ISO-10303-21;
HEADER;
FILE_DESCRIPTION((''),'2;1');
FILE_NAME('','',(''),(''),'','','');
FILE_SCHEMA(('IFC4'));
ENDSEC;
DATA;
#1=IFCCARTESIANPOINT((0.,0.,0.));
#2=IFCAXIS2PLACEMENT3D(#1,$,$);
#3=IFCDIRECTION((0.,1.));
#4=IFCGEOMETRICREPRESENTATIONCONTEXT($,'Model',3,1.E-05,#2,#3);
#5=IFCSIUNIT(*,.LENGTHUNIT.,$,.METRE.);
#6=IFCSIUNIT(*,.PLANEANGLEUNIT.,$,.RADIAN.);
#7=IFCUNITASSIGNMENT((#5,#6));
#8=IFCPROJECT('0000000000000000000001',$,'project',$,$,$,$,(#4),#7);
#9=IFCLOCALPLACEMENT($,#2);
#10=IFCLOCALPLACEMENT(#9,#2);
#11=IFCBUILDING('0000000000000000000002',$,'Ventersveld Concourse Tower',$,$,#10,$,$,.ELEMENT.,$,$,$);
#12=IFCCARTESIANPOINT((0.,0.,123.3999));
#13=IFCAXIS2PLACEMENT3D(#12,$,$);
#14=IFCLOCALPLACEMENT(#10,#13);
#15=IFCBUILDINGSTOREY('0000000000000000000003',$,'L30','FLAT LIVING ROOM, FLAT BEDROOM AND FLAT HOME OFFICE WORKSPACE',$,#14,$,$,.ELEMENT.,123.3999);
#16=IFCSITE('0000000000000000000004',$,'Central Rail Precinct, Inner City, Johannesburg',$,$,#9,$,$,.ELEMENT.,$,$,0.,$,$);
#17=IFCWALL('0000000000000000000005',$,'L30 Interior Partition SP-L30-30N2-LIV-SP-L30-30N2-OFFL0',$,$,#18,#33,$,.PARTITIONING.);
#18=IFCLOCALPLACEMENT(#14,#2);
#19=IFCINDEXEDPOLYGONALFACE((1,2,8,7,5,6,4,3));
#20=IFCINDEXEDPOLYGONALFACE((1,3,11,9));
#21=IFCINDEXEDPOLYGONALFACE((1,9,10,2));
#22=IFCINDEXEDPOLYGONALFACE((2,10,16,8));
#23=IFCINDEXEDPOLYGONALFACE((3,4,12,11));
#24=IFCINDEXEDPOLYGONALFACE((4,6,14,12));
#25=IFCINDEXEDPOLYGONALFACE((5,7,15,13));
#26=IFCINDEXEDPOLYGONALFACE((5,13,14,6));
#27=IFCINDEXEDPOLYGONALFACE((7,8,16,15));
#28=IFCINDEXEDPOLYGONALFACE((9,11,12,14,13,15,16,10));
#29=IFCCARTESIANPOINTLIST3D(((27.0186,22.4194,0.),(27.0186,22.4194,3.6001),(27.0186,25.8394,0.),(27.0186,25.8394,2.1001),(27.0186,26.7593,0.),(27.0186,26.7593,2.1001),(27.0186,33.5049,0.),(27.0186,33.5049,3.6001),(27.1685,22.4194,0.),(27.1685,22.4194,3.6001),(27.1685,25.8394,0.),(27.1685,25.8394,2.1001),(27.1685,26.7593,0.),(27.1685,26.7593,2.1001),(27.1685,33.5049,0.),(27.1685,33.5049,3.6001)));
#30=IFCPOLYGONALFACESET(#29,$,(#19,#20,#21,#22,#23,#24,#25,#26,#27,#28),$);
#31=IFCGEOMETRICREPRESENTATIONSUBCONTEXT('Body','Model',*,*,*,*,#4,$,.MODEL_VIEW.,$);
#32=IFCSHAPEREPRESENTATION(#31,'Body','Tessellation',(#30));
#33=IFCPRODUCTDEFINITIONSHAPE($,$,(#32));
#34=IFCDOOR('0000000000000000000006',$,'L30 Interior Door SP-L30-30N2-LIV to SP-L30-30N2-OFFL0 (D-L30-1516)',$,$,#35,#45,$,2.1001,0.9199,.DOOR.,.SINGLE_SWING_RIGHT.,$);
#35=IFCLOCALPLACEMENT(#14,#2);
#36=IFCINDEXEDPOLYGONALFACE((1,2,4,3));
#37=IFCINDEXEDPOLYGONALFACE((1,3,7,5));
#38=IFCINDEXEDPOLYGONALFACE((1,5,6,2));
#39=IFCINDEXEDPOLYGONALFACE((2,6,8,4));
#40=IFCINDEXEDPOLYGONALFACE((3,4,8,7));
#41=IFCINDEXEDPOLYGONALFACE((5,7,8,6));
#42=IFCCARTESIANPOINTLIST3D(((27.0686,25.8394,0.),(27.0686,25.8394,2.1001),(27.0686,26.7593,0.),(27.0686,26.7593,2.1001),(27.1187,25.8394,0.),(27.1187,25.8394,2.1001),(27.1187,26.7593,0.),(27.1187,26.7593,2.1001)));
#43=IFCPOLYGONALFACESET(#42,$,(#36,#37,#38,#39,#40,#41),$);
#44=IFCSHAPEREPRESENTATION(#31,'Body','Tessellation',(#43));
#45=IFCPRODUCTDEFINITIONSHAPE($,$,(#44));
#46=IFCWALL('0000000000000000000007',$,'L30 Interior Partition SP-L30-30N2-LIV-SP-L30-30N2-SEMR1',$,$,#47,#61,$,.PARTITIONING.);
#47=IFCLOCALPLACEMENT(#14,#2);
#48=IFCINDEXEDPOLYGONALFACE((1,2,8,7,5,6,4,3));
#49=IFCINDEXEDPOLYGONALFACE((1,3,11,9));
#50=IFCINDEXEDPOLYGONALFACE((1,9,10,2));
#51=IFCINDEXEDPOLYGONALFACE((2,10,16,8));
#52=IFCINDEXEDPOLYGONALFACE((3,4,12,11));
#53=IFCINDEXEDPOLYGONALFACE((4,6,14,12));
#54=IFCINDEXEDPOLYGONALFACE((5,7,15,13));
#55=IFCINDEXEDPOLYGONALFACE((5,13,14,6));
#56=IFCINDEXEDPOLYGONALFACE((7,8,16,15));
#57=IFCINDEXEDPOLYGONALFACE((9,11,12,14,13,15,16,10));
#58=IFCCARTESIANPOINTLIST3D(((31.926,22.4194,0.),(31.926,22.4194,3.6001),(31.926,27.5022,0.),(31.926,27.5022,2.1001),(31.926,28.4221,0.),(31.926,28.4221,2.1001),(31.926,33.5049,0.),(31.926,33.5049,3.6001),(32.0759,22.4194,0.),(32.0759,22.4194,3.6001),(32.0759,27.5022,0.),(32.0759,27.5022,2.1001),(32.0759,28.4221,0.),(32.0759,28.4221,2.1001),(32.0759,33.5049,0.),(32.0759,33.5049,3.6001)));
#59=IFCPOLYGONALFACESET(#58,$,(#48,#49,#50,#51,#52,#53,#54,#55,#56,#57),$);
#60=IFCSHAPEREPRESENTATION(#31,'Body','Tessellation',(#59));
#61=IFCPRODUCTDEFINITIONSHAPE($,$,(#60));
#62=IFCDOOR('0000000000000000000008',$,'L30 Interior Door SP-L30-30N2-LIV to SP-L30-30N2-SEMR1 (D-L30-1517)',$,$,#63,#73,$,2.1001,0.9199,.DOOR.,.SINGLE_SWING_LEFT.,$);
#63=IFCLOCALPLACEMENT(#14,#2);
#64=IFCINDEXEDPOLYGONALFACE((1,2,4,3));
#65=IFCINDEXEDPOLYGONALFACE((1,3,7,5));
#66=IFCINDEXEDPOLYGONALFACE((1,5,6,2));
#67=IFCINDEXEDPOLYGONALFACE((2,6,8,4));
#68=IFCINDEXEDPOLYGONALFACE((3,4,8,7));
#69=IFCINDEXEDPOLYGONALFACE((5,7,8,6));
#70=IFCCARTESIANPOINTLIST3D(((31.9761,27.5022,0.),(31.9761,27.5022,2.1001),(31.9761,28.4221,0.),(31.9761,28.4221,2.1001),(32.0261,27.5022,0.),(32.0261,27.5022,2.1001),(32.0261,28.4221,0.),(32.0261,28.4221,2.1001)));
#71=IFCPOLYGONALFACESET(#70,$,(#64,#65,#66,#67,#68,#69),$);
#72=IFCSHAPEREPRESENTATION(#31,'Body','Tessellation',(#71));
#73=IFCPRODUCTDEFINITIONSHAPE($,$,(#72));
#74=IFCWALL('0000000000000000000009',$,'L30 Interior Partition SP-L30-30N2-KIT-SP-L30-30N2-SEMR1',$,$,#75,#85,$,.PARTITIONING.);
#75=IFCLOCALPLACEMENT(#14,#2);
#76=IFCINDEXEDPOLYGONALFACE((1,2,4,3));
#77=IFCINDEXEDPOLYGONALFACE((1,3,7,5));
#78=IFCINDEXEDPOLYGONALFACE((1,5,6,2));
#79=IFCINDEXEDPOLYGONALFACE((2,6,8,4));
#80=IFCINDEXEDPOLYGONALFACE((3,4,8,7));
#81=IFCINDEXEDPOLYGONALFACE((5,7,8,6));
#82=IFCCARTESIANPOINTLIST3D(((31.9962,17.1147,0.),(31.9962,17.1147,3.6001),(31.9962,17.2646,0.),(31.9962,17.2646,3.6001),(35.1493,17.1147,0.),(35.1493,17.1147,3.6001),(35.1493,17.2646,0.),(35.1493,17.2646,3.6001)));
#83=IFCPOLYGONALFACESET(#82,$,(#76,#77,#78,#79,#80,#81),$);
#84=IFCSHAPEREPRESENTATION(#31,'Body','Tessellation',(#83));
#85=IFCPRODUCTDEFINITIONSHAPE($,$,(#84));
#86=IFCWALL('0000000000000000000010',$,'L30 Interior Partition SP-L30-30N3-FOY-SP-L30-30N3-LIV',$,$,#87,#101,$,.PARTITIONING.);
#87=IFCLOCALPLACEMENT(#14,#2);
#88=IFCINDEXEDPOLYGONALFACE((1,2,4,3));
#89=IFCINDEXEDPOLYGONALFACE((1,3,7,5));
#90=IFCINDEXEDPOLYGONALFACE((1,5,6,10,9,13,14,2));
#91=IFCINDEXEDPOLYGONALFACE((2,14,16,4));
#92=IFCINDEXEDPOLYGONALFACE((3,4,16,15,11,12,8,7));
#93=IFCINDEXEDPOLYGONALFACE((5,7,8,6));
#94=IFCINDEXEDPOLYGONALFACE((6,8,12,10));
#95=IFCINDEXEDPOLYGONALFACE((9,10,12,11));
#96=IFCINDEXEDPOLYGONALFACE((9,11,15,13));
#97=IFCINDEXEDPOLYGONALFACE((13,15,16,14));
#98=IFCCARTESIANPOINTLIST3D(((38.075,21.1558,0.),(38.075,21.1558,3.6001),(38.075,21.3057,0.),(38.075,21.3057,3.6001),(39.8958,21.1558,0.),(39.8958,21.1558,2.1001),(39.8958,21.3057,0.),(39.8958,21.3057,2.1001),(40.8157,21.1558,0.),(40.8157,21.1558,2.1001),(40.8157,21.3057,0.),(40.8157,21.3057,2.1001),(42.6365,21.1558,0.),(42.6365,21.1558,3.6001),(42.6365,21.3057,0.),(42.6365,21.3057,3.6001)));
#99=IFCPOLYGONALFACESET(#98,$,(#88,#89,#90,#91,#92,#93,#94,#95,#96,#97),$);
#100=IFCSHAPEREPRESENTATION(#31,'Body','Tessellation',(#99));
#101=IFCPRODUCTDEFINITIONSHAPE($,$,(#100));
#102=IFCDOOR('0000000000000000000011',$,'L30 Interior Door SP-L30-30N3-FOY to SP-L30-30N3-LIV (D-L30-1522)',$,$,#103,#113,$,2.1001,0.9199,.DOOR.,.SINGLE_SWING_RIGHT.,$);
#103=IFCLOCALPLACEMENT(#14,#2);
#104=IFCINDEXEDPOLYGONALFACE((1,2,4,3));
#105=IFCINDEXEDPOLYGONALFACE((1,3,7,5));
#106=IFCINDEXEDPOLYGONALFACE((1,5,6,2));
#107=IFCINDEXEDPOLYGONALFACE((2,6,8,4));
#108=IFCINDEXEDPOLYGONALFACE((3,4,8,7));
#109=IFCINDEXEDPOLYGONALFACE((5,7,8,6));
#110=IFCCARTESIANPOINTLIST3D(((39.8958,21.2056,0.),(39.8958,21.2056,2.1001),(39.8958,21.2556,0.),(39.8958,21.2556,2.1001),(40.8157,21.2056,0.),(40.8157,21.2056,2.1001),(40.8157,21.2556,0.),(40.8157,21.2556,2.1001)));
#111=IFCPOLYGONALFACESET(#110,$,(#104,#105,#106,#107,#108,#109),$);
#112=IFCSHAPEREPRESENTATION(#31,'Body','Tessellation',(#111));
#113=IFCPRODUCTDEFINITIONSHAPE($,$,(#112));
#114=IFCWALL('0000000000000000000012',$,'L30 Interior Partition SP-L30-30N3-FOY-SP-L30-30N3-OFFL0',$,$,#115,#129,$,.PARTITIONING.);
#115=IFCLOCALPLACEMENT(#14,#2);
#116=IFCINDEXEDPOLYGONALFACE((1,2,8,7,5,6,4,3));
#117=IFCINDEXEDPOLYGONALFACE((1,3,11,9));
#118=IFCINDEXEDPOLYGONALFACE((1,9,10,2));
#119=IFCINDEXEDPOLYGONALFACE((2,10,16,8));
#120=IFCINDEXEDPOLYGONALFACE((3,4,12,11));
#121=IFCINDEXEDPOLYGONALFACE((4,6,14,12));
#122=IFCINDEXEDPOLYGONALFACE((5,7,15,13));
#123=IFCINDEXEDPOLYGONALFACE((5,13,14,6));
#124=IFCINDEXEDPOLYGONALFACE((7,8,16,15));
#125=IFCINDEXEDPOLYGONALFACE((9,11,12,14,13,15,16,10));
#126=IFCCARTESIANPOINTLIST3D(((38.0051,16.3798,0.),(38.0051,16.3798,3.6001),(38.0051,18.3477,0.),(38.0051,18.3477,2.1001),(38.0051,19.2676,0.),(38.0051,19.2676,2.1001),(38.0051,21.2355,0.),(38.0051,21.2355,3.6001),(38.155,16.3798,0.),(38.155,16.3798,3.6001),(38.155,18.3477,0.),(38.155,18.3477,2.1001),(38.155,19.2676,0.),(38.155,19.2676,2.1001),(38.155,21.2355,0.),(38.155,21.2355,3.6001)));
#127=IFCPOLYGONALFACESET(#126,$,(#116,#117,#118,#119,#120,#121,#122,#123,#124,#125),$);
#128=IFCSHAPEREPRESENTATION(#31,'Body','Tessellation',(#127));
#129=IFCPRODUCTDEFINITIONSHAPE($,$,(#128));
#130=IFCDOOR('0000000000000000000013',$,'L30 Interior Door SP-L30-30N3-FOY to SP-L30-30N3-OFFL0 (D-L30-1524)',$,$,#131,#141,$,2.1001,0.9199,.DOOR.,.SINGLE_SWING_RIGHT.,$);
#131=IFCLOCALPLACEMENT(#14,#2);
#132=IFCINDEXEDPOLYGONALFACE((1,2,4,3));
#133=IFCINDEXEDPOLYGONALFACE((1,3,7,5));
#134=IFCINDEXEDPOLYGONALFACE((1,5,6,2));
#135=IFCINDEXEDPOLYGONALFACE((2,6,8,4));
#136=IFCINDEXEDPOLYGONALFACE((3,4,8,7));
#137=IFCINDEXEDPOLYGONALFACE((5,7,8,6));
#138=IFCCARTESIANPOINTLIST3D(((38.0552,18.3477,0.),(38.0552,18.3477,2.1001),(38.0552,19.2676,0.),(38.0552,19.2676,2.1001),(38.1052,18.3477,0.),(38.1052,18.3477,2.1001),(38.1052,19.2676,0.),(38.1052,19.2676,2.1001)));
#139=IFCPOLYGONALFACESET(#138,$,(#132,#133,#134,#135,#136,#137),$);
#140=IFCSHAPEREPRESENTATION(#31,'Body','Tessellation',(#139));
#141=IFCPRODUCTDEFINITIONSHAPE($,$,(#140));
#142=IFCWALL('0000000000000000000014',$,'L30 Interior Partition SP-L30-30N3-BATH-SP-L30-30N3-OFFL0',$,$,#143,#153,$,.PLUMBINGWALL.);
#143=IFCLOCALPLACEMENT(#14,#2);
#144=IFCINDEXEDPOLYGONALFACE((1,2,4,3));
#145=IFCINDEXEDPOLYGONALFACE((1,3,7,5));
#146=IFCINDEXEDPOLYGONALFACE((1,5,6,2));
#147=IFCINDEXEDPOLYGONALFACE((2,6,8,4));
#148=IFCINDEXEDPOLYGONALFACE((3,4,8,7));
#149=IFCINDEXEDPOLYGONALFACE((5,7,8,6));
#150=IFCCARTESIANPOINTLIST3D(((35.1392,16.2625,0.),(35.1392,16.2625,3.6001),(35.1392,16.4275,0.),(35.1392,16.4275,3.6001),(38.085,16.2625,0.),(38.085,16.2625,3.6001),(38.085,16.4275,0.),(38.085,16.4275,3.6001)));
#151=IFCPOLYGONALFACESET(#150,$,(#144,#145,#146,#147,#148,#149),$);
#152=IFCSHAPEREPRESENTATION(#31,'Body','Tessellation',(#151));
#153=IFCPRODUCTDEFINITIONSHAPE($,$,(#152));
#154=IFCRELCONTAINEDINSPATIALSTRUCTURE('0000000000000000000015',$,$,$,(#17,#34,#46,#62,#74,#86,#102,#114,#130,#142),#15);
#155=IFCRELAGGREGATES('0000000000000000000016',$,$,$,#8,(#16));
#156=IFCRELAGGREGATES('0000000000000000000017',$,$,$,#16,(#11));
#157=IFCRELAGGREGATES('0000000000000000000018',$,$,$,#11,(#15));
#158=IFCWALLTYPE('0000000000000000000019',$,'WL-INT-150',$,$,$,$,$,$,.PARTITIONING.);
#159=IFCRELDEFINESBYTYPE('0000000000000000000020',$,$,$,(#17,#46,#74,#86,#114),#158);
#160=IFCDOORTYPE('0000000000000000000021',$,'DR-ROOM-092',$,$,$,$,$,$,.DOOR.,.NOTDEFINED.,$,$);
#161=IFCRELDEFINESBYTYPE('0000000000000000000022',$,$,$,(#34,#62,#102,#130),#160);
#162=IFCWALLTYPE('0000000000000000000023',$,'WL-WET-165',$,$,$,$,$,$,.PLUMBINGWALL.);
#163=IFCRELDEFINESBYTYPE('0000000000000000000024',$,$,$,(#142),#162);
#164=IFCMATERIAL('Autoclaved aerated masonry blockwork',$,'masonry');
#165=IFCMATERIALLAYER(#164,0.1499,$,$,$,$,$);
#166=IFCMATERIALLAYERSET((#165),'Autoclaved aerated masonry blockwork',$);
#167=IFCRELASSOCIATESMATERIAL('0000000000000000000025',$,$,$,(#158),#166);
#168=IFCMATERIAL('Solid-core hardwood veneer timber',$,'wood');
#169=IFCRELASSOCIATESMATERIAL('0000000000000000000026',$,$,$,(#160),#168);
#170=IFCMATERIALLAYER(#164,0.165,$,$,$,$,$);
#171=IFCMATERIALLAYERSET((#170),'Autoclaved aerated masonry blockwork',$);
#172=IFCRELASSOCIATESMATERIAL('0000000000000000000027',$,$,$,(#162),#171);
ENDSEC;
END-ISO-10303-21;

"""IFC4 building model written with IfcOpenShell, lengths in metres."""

from ifc_helpers import new_model, si_unit, direction, frame, frame_2d, origin, place, context, subcontext, project, spatial, rectangle, extrude, material, layer, layer_set, type_object, element, fill, save


model = new_model("IFC4")

# Units and contexts
model_context = context("Model", 3, precision=1e-05, world=origin(), true_north=direction((0.0, 1.0)))
body_context = subcontext(model_context, "Body", "Model", "MODEL_VIEW")
ifc_project = project(units=[si_unit("LENGTHUNIT", "METRE"), si_unit("PLANEANGLEUNIT", "RADIAN")], contexts=[model_context])

# Site, building, storey
site_placement = place(None, origin())
site = spatial("IfcSite", under=ifc_project, at=site_placement, Name="Central Rail Precinct, Inner City, Johannesburg", CompositionType="ELEMENT", RefElevation=0.0)
building_placement = place(site_placement, origin())
building = spatial("IfcBuilding", under=site, at=building_placement, Name="Ventersveld Concourse Tower", CompositionType="ELEMENT")
storey_placement = place(building_placement, frame((0.0, 0.0, 123.3999)))
storey = spatial("IfcBuildingStorey", under=building, at=storey_placement, Name="L30", Description="FLAT LIVING ROOM, FLAT BEDROOM AND FLAT HOME OFFICE WORKSPACE", CompositionType="ELEMENT", Elevation=123.3999)

# Shared definitions
ifc_material_1 = material(Name="Solid-core hardwood veneer timber", Category="wood")

# Walls, openings, doors
ifc_material_2 = material(Name="Autoclaved aerated masonry blockwork", Category="masonry")
ifc_layer_1 = layer(ifc_material_2, 0.1499)
ifc_layer_set_1 = layer_set([ifc_layer_1], Name="Autoclaved aerated masonry blockwork")
wall_type_1 = type_object("IfcWallType", Name="WL-INT-150", PredefinedType="PARTITIONING", material=ifc_layer_set_1)
door_type_1 = type_object("IfcDoorType", Name="DR-ROOM-092", OperationType="NOTDEFINED", PredefinedType="DOOR", material=ifc_material_1)
wall_1_placement = place(storey_placement, frame((27.0935, 22.4194, 0.0), z_axis=(0.0, 0.0, 1.0), x_axis=(0.0, 1.0, 0.0)))
wall_1 = element("IfcWall", 1, at=wall_1_placement, inside=storey, type_object=wall_type_1, Name="L30 Interior Partition SP-L30-30N2-LIV-SP-L30-30N2-OFFL0", PredefinedType="PARTITIONING", context=body_context, shape_type="SweptSolid", body=[
    extrude(rectangle(XDim=11.0854, YDim=0.1499, at=frame_2d((5.5427, 0.0))), origin(), (0.0, 0.0, 1.0), 3.6001),
])
opening_1_placement = place(wall_1_placement, frame((3.4199, 0.0, 0.0)))
opening_1 = element("IfcOpeningElement", 2, at=opening_1_placement, cuts=wall_1, PredefinedType="OPENING", context=body_context, shape_type="SweptSolid", body=[
    extrude(rectangle(XDim=0.9199, YDim=2.1001, at=frame_2d((0.46, 1.05))), frame((0.0, 0.085, 0.0), z_axis=(0.0, -1.0, 0.0), x_axis=(1.0, 0.0, 0.0)), (0.0, 0.0, 1.0), 0.1699),
])
door_1_placement = place(opening_1_placement, origin())
door_1 = element("IfcDoor", 3, at=door_1_placement, inside=storey, type_object=door_type_1, Name="L30 Interior Door SP-L30-30N2-LIV to SP-L30-30N2-OFFL0 (D-L30-1516)", OperationType="SINGLE_SWING_RIGHT", OverallHeight=2.1001, OverallWidth=0.9199, PredefinedType="DOOR", context=body_context, shape_type="SweptSolid", body=[
    extrude(rectangle(XDim=0.9199, YDim=2.1001, at=frame_2d((0.46, 1.05))), frame((0.0, 0.0249, 0.0), z_axis=(0.0, -1.0, 0.0), x_axis=(1.0, 0.0, 0.0)), (0.0, 0.0, 1.0), 0.05),
])
fill(opening_1, door_1)
wall_2_placement = place(storey_placement, frame((32.001, 22.4194, 0.0), z_axis=(0.0, 0.0, 1.0), x_axis=(0.0, 1.0, 0.0)))
wall_2 = element("IfcWall", 4, at=wall_2_placement, inside=storey, type_object=wall_type_1, Name="L30 Interior Partition SP-L30-30N2-LIV-SP-L30-30N2-SEMR1", PredefinedType="PARTITIONING", context=body_context, shape_type="SweptSolid", body=[
    extrude(rectangle(XDim=11.0854, YDim=0.1499, at=frame_2d((5.5427, 0.0))), origin(), (0.0, 0.0, 1.0), 3.6001),
])
opening_2_placement = place(wall_2_placement, frame((5.0828, 0.0, 0.0)))
opening_2 = element("IfcOpeningElement", 5, at=opening_2_placement, cuts=wall_2, PredefinedType="OPENING", context=body_context, shape_type="SweptSolid", body=[
    extrude(rectangle(XDim=0.9199, YDim=2.1001, at=frame_2d((0.46, 1.05))), frame((0.0, 0.085, 0.0), z_axis=(0.0, -1.0, 0.0), x_axis=(1.0, 0.0, 0.0)), (0.0, 0.0, 1.0), 0.1699),
])
door_2_placement = place(opening_2_placement, origin())
door_2 = element("IfcDoor", 6, at=door_2_placement, inside=storey, type_object=door_type_1, Name="L30 Interior Door SP-L30-30N2-LIV to SP-L30-30N2-SEMR1 (D-L30-1517)", OperationType="SINGLE_SWING_LEFT", OverallHeight=2.1001, OverallWidth=0.9199, PredefinedType="DOOR", context=body_context, shape_type="SweptSolid", body=[
    extrude(rectangle(XDim=0.9199, YDim=2.1001, at=frame_2d((0.46, 1.05))), frame((0.0, 0.0249, 0.0), z_axis=(0.0, -1.0, 0.0), x_axis=(1.0, 0.0, 0.0)), (0.0, 0.0, 1.0), 0.05),
])
fill(opening_2, door_2)

# Wall
wall_3_placement = place(storey_placement, frame((31.9961, 17.1897, 0.0), z_axis=(0.0, 0.0, 1.0), x_axis=(1.0, 0.0, 0.0)))
element("IfcWall", 7, at=wall_3_placement, inside=storey, type_object=wall_type_1, Name="L30 Interior Partition SP-L30-30N2-KIT-SP-L30-30N2-SEMR1", PredefinedType="PARTITIONING", context=body_context, shape_type="SweptSolid", body=[
    extrude(rectangle(XDim=3.1531, YDim=0.1499, at=frame_2d((1.5767, 0.0))), origin(), (0.0, 0.0, 1.0), 3.6001),
])

# Walls, openings, doors
wall_4_placement = place(storey_placement, frame((38.075, 21.2307, 0.0), z_axis=(0.0, 0.0, 1.0), x_axis=(1.0, 0.0, 0.0)))
wall_4 = element("IfcWall", 8, at=wall_4_placement, inside=storey, type_object=wall_type_1, Name="L30 Interior Partition SP-L30-30N3-FOY-SP-L30-30N3-LIV", PredefinedType="PARTITIONING", context=body_context, shape_type="SweptSolid", body=[
    extrude(rectangle(XDim=4.5615, YDim=0.1499, at=frame_2d((2.2808, 0.0))), origin(), (0.0, 0.0, 1.0), 3.6001),
])
opening_3_placement = place(wall_4_placement, frame((1.8208, 0.0, 0.0)))
opening_3 = element("IfcOpeningElement", 9, at=opening_3_placement, cuts=wall_4, PredefinedType="OPENING", context=body_context, shape_type="SweptSolid", body=[
    extrude(rectangle(XDim=0.9199, YDim=2.1001, at=frame_2d((0.46, 1.05))), frame((0.0, 0.085, 0.0), z_axis=(0.0, -1.0, 0.0), x_axis=(1.0, 0.0, 0.0)), (0.0, 0.0, 1.0), 0.1699),
])
door_3_placement = place(opening_3_placement, origin())
door_3 = element("IfcDoor", 10, at=door_3_placement, inside=storey, type_object=door_type_1, Name="L30 Interior Door SP-L30-30N3-FOY to SP-L30-30N3-LIV (D-L30-1522)", OperationType="SINGLE_SWING_RIGHT", OverallHeight=2.1001, OverallWidth=0.9199, PredefinedType="DOOR", context=body_context, shape_type="SweptSolid", body=[
    extrude(rectangle(XDim=0.9199, YDim=2.1001, at=frame_2d((0.46, 1.05))), frame((0.0, 0.0249, 0.0), z_axis=(0.0, -1.0, 0.0), x_axis=(1.0, 0.0, 0.0)), (0.0, 0.0, 1.0), 0.05),
])
fill(opening_3, door_3)
wall_5_placement = place(storey_placement, frame((38.0801, 16.3799, 0.0), z_axis=(0.0, 0.0, 1.0), x_axis=(0.0, 1.0, 0.0)))
wall_5 = element("IfcWall", 11, at=wall_5_placement, inside=storey, type_object=wall_type_1, Name="L30 Interior Partition SP-L30-30N3-FOY-SP-L30-30N3-OFFL0", PredefinedType="PARTITIONING", context=body_context, shape_type="SweptSolid", body=[
    extrude(rectangle(XDim=4.8557, YDim=0.1499, at=frame_2d((2.4277, 0.0))), origin(), (0.0, 0.0, 1.0), 3.6001),
])
opening_4_placement = place(wall_5_placement, frame((1.9678, 0.0, 0.0)))
opening_4 = element("IfcOpeningElement", 12, at=opening_4_placement, cuts=wall_5, PredefinedType="OPENING", context=body_context, shape_type="SweptSolid", body=[
    extrude(rectangle(XDim=0.9199, YDim=2.1001, at=frame_2d((0.46, 1.05))), frame((0.0, 0.085, 0.0), z_axis=(0.0, -1.0, 0.0), x_axis=(1.0, 0.0, 0.0)), (0.0, 0.0, 1.0), 0.1699),
])
door_4_placement = place(opening_4_placement, origin())
door_4 = element("IfcDoor", 13, at=door_4_placement, inside=storey, type_object=door_type_1, Name="L30 Interior Door SP-L30-30N3-FOY to SP-L30-30N3-OFFL0 (D-L30-1524)", OperationType="SINGLE_SWING_RIGHT", OverallHeight=2.1001, OverallWidth=0.9199, PredefinedType="DOOR", context=body_context, shape_type="SweptSolid", body=[
    extrude(rectangle(XDim=0.9199, YDim=2.1001, at=frame_2d((0.46, 1.05))), frame((0.0, 0.0249, 0.0), z_axis=(0.0, -1.0, 0.0), x_axis=(1.0, 0.0, 0.0)), (0.0, 0.0, 1.0), 0.05),
])
fill(opening_4, door_4)

# Wall
ifc_layer_2 = layer(ifc_material_2, 0.165)
ifc_layer_set_2 = layer_set([ifc_layer_2], Name="Autoclaved aerated masonry blockwork")
wall_type_2 = type_object("IfcWallType", Name="WL-WET-165", PredefinedType="PLUMBINGWALL", material=ifc_layer_set_2)
wall_6_placement = place(storey_placement, frame((35.1392, 16.345, 0.0), z_axis=(0.0, 0.0, 1.0), x_axis=(1.0, 0.0, 0.0)))
element("IfcWall", 14, at=wall_6_placement, inside=storey, type_object=wall_type_2, Name="L30 Interior Partition SP-L30-30N3-BATH-SP-L30-30N3-OFFL0", PredefinedType="PLUMBINGWALL", context=body_context, shape_type="SweptSolid", body=[
    extrude(rectangle(XDim=2.9458, YDim=0.165, at=frame_2d((1.4729, 0.0))), origin(), (0.0, 0.0, 1.0), 3.6001),
])

save(model, "model.ifc")
